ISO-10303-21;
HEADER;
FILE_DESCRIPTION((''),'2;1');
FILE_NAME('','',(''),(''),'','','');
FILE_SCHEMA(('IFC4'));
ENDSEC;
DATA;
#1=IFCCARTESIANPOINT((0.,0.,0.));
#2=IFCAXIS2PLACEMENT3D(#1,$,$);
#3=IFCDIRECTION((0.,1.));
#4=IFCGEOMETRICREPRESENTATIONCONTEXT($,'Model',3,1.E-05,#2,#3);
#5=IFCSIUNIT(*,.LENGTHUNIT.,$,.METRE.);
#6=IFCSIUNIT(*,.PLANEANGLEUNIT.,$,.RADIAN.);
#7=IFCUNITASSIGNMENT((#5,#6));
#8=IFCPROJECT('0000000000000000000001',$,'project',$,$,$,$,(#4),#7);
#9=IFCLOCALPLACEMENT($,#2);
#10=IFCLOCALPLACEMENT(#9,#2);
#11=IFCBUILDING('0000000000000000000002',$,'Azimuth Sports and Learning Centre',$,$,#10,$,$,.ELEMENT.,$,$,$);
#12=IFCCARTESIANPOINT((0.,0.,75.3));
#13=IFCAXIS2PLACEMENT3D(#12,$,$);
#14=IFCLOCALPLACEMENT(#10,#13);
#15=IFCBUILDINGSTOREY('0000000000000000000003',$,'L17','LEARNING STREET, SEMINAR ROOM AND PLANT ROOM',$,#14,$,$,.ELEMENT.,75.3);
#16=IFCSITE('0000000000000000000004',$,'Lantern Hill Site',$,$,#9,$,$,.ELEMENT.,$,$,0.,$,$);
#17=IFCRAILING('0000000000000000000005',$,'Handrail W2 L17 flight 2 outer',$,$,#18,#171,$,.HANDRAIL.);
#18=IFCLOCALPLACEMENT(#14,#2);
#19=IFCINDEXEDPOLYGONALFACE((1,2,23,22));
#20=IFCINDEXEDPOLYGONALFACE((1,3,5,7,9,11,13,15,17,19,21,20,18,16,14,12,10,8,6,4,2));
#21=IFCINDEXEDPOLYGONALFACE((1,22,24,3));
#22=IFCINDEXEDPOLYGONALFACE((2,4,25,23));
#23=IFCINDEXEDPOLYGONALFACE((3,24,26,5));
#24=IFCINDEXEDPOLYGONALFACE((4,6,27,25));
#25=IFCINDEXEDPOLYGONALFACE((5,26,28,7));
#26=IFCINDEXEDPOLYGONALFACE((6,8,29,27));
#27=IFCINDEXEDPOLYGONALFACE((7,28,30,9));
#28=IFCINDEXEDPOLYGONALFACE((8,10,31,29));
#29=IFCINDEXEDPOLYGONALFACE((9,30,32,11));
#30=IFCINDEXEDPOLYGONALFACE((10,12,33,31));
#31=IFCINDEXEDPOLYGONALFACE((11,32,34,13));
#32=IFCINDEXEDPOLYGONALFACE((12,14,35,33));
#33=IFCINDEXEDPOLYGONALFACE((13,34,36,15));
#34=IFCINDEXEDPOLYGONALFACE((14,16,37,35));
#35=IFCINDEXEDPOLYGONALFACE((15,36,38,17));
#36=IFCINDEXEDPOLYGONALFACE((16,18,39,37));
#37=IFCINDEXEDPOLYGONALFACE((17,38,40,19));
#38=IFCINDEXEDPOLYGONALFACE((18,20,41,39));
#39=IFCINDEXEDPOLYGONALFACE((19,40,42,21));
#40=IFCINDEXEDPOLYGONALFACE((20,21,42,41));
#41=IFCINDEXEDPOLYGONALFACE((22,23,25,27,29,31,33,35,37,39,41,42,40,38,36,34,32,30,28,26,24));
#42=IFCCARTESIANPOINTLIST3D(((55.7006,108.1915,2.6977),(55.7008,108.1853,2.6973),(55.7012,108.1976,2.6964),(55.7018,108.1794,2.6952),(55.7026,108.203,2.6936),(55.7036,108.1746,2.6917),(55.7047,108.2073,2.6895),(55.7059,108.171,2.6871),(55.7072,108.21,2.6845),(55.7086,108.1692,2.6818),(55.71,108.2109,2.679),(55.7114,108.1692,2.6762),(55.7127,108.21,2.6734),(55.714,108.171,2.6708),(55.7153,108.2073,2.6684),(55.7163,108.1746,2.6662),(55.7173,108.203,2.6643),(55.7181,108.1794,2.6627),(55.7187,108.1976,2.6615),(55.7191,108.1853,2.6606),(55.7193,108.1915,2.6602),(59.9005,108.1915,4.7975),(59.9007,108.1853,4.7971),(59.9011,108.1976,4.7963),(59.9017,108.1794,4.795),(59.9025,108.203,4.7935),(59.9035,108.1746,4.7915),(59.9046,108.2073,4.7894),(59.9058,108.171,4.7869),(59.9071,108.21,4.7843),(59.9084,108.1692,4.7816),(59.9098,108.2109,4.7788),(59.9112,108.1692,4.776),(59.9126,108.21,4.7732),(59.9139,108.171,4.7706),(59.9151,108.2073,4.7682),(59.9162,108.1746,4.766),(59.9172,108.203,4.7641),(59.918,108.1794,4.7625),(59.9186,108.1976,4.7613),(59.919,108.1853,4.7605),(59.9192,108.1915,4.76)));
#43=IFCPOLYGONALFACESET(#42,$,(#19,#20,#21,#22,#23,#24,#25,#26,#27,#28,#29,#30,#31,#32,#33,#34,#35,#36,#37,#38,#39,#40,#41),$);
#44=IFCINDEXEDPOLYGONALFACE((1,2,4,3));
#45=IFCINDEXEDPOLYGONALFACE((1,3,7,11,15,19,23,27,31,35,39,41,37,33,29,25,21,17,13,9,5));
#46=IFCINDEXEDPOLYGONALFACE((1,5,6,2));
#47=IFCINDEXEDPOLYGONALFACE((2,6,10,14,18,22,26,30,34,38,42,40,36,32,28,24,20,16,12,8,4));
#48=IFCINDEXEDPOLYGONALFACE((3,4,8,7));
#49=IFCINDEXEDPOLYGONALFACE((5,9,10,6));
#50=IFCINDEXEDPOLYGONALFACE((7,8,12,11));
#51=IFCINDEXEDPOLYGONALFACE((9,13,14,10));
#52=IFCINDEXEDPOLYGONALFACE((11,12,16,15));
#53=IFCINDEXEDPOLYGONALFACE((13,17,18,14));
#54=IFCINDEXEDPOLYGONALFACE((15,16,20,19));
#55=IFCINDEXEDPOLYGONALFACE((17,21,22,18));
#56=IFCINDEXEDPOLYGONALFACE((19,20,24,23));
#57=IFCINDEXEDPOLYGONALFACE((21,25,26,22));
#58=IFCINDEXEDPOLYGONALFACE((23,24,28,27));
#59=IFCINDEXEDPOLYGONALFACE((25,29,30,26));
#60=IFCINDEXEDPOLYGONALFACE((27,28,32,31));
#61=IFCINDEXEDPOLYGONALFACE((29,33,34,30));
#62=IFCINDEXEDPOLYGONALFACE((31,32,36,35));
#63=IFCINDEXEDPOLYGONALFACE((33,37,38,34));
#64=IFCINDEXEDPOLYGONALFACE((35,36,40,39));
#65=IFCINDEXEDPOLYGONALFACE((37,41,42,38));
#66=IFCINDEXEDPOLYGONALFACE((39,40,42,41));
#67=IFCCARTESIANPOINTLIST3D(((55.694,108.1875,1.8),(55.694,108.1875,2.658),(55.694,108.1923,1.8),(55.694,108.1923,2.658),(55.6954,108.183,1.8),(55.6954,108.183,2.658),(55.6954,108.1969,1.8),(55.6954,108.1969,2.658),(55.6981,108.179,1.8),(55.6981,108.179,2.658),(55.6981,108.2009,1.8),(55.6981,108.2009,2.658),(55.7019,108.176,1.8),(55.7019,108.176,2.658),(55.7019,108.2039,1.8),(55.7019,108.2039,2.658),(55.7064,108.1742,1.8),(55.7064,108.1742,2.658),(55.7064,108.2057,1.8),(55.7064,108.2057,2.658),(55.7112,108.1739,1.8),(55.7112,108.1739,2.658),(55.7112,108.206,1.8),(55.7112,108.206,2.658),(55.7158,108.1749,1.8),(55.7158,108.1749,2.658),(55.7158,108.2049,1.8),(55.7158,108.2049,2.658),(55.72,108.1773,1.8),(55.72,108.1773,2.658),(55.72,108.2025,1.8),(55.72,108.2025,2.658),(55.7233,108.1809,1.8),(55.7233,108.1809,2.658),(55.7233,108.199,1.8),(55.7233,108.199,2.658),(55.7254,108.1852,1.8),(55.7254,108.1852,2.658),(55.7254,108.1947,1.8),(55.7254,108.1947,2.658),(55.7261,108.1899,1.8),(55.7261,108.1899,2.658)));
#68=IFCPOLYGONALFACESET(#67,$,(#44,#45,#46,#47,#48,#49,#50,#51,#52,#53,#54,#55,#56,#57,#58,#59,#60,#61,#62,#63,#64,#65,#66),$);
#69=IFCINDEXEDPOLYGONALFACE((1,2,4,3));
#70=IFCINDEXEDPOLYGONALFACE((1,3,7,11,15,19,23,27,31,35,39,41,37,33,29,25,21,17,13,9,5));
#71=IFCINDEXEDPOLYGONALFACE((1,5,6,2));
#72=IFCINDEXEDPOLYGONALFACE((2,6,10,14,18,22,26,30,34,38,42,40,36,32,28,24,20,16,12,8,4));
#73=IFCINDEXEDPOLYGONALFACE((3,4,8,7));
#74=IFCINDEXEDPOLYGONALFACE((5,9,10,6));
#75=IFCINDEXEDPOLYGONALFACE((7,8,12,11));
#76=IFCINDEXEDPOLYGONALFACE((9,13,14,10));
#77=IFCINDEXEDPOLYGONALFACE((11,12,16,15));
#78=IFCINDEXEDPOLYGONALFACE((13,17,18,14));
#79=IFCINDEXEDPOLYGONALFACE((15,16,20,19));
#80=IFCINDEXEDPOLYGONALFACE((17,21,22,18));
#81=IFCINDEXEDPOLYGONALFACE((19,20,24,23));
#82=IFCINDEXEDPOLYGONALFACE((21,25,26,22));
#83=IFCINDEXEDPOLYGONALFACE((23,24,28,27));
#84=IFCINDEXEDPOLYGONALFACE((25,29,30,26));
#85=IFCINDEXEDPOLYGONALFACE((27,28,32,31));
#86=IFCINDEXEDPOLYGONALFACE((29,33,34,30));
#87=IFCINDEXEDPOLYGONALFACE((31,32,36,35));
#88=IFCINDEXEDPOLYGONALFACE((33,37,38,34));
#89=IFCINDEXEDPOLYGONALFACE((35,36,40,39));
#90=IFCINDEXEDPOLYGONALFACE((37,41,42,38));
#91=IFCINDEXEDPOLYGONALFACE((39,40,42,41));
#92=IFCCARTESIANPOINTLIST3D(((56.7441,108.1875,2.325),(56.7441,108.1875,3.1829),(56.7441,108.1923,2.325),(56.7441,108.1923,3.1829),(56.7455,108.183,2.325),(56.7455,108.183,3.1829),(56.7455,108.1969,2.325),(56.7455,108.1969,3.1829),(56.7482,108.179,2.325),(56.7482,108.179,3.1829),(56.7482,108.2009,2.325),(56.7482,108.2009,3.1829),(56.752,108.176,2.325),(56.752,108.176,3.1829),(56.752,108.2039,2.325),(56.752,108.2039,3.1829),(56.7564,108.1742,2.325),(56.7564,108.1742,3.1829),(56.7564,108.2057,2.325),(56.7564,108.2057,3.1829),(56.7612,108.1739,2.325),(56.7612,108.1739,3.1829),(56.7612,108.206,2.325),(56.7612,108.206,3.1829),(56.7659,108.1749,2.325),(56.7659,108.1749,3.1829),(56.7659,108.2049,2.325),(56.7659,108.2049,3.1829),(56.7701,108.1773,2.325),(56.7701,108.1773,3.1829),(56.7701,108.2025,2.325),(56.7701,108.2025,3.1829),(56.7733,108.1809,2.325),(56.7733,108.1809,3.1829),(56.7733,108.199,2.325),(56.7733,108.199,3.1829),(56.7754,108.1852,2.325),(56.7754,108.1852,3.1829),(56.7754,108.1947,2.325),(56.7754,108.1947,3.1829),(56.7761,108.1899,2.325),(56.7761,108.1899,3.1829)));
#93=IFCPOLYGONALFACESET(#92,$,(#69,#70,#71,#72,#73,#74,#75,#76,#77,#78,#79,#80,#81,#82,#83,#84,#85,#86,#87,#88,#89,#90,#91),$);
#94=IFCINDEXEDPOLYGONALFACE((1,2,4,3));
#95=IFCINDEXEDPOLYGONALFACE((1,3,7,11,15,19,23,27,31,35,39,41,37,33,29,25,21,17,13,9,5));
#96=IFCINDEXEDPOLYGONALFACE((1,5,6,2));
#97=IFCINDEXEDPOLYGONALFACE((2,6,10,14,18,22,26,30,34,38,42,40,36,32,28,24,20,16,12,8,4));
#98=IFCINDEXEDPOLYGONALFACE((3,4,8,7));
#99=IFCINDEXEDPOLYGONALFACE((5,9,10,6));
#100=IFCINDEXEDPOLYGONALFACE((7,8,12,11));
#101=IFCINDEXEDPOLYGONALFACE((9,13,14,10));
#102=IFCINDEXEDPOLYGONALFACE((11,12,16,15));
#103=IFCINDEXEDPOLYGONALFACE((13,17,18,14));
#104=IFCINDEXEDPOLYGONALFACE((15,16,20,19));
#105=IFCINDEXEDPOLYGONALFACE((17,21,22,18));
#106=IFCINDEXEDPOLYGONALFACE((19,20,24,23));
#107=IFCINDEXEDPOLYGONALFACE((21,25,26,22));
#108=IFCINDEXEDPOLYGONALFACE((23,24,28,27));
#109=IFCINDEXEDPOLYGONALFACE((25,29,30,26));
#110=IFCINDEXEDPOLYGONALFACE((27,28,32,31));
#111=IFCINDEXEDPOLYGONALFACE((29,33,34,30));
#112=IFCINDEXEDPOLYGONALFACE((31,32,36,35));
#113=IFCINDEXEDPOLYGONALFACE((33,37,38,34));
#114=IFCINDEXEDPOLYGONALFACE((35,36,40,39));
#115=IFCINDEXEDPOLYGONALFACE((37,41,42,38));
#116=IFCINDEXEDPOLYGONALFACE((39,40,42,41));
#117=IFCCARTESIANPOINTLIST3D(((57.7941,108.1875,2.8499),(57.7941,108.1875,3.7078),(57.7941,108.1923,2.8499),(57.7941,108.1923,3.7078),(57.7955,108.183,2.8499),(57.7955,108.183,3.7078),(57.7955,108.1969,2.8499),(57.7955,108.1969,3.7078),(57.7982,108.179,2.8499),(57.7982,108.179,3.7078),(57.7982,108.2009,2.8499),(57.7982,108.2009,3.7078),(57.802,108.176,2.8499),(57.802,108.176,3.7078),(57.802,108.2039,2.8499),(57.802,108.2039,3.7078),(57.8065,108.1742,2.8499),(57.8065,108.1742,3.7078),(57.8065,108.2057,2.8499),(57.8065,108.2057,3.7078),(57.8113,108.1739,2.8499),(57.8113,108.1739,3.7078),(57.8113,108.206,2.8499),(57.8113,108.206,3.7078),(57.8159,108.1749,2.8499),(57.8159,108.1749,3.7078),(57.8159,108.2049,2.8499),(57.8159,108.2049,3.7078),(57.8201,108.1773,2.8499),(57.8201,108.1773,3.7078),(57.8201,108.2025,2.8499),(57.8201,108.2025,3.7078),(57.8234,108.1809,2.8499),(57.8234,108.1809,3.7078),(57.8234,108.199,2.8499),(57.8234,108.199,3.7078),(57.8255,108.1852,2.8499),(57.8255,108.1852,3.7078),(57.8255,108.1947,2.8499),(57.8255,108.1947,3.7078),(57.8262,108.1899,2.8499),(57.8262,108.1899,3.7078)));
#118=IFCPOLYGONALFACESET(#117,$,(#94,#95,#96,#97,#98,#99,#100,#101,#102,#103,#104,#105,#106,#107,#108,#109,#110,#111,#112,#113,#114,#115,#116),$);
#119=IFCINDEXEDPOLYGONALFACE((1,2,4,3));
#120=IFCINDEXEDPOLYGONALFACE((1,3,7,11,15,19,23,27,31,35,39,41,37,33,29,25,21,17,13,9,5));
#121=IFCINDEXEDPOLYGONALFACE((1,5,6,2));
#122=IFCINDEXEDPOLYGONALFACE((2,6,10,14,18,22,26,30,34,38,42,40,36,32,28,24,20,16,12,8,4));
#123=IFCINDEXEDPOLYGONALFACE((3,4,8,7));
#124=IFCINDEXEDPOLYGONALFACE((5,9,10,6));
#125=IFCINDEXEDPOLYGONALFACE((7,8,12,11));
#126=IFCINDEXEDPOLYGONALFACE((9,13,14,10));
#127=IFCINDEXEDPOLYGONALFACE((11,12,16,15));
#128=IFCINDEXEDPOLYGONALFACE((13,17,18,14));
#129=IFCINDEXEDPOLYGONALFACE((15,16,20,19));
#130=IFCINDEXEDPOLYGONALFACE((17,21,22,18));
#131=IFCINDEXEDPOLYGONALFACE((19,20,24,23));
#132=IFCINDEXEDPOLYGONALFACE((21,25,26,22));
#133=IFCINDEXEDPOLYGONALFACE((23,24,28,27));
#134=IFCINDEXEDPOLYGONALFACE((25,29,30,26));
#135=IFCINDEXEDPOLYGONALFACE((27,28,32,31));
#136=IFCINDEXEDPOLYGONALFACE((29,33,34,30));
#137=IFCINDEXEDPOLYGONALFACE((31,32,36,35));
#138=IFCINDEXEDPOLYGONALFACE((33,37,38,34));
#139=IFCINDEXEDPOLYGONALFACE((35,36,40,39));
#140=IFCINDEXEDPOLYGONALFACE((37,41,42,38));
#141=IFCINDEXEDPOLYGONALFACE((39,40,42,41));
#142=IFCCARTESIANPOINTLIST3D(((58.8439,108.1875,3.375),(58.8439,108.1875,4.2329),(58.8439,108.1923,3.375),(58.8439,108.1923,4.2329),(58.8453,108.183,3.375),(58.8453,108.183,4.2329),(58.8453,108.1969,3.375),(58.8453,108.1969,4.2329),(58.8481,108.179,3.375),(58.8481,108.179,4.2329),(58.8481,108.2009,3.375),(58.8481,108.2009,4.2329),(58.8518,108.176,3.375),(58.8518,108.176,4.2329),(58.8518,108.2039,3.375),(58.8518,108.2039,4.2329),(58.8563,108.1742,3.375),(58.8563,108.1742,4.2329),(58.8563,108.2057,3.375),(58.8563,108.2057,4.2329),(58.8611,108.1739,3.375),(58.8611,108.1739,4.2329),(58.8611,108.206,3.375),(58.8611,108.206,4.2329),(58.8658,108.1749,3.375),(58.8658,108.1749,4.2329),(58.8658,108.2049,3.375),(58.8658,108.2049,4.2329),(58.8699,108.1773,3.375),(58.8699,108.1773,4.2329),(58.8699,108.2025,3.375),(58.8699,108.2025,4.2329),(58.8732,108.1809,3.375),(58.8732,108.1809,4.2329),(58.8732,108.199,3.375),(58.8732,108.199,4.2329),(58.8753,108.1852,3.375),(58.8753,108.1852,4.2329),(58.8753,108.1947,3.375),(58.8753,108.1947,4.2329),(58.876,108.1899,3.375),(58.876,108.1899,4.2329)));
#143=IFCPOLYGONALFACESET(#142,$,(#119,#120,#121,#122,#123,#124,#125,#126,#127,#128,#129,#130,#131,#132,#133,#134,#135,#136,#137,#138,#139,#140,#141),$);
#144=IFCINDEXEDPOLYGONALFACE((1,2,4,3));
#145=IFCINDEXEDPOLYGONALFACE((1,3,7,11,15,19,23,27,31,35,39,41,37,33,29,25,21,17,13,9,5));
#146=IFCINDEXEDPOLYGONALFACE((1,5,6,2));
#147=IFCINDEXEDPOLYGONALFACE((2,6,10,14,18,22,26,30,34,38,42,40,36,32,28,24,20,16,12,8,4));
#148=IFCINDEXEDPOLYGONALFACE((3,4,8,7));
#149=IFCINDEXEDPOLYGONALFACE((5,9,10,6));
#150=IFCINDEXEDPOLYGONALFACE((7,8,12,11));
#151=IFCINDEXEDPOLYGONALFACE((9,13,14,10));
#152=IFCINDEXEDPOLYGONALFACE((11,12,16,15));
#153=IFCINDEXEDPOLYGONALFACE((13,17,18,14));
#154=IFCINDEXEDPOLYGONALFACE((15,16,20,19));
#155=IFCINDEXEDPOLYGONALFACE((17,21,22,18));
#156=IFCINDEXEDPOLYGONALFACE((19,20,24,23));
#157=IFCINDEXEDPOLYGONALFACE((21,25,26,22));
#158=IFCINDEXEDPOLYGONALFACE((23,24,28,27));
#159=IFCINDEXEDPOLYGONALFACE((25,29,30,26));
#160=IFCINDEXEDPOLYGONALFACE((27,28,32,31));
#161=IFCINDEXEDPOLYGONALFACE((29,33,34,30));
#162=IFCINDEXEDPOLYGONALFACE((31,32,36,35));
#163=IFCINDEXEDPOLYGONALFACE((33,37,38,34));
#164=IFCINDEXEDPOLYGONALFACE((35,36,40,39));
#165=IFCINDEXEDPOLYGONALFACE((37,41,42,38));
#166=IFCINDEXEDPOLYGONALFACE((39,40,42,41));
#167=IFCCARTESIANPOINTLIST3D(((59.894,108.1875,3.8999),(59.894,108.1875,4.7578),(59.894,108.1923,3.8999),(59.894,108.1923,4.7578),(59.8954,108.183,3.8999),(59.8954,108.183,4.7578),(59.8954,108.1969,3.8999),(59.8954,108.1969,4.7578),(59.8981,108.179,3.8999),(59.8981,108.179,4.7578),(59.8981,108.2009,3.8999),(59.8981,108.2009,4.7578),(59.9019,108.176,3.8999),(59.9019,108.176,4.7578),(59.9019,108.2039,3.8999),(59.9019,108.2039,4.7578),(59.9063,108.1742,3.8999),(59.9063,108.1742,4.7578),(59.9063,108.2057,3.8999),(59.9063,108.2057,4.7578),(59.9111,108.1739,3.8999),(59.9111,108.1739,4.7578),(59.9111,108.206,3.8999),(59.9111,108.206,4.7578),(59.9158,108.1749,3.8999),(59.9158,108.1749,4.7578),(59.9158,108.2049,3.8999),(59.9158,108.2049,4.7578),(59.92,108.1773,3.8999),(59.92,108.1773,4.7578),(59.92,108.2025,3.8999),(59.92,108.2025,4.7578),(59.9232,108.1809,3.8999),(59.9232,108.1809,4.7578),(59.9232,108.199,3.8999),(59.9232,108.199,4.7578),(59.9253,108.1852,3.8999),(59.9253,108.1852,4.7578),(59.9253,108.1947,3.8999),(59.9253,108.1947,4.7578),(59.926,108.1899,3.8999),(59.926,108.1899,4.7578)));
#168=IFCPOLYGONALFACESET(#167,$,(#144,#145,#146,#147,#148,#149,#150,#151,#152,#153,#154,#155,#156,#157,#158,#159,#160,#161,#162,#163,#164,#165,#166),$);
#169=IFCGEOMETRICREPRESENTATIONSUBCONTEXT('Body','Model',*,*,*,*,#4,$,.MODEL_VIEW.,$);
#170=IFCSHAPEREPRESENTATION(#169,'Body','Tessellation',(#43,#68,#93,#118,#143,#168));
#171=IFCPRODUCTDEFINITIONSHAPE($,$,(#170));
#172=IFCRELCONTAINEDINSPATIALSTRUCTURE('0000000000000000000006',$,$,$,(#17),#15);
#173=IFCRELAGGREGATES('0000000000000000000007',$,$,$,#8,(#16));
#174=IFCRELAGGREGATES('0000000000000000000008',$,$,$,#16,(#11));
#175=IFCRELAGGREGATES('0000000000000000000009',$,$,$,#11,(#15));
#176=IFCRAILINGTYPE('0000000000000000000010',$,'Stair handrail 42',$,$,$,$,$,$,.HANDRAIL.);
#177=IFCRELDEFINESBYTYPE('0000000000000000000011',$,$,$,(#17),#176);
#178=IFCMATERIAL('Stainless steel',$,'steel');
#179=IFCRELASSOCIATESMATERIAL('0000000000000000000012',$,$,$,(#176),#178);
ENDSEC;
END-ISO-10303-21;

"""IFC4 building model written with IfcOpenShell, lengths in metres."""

from ifc_helpers import new_model, si_unit, direction, frame, origin, origin_2d, place, context, subcontext, project, spatial, circle, extrude, material, type_object, element, save


model = new_model("IFC4")

# Units and contexts
model_context = context("Model", 3, precision=1e-05, world=origin(), true_north=direction((0.0, 1.0)))
body_context = subcontext(model_context, "Body", "Model", "MODEL_VIEW")
ifc_project = project(units=[si_unit("LENGTHUNIT", "METRE"), si_unit("PLANEANGLEUNIT", "RADIAN")], contexts=[model_context])

# Site, building, storey
site_placement = place(None, origin())
site = spatial("IfcSite", under=ifc_project, at=site_placement, Name="Lantern Hill Site", CompositionType="ELEMENT", RefElevation=0.0)
building_placement = place(site_placement, origin())
building = spatial("IfcBuilding", under=site, at=building_placement, Name="Azimuth Sports and Learning Centre", CompositionType="ELEMENT")
storey_placement = place(building_placement, frame((0.0, 0.0, 75.3)))
storey = spatial("IfcBuildingStorey", under=building, at=storey_placement, Name="L17", Description="LEARNING STREET, SEMINAR ROOM AND PLANT ROOM", CompositionType="ELEMENT", Elevation=75.3)

# Railing
ifc_material_1 = material(Name="Stainless steel", Category="steel")
railing_type = type_object("IfcRailingType", Name="Stair handrail 42", PredefinedType="HANDRAIL", material=ifc_material_1)
railing_placement = place(storey_placement, frame((55.71, 108.1899, 1.8)))
element("IfcRailing", 1, at=railing_placement, inside=storey, type_object=railing_type, Name="Handrail W2 L17 flight 2 outer", PredefinedType="HANDRAIL", context=body_context, shape_type="SweptSolid", body=[
    extrude(circle(Radius=0.021, at=origin_2d()), frame((0.0, 0.0, 0.8789), z_axis=(0.894438, 0.0, 0.447193), x_axis=(0.0, 1.0, 0.0)), (0.0, 0.0, 1.0), 4.6956),
    extrude(circle(Radius=0.0161, at=origin_2d()), origin(), (0.0, 0.0, 1.0), 0.8579),
    extrude(circle(Radius=0.0161, at=origin_2d()), frame((1.05, 0.0, 0.5249)), (0.0, 0.0, 1.0), 0.8579),
    extrude(circle(Radius=0.0161, at=origin_2d()), frame((2.1001, 0.0, 1.0498)), (0.0, 0.0, 1.0), 0.8579),
    extrude(circle(Radius=0.0161, at=origin_2d()), frame((3.1499, 0.0, 1.575)), (0.0, 0.0, 1.0), 0.8579),
    extrude(circle(Radius=0.0161, at=origin_2d()), frame((4.2, 0.0, 2.0999)), (0.0, 0.0, 1.0), 0.8579),
])

save(model, "model.ifc")
